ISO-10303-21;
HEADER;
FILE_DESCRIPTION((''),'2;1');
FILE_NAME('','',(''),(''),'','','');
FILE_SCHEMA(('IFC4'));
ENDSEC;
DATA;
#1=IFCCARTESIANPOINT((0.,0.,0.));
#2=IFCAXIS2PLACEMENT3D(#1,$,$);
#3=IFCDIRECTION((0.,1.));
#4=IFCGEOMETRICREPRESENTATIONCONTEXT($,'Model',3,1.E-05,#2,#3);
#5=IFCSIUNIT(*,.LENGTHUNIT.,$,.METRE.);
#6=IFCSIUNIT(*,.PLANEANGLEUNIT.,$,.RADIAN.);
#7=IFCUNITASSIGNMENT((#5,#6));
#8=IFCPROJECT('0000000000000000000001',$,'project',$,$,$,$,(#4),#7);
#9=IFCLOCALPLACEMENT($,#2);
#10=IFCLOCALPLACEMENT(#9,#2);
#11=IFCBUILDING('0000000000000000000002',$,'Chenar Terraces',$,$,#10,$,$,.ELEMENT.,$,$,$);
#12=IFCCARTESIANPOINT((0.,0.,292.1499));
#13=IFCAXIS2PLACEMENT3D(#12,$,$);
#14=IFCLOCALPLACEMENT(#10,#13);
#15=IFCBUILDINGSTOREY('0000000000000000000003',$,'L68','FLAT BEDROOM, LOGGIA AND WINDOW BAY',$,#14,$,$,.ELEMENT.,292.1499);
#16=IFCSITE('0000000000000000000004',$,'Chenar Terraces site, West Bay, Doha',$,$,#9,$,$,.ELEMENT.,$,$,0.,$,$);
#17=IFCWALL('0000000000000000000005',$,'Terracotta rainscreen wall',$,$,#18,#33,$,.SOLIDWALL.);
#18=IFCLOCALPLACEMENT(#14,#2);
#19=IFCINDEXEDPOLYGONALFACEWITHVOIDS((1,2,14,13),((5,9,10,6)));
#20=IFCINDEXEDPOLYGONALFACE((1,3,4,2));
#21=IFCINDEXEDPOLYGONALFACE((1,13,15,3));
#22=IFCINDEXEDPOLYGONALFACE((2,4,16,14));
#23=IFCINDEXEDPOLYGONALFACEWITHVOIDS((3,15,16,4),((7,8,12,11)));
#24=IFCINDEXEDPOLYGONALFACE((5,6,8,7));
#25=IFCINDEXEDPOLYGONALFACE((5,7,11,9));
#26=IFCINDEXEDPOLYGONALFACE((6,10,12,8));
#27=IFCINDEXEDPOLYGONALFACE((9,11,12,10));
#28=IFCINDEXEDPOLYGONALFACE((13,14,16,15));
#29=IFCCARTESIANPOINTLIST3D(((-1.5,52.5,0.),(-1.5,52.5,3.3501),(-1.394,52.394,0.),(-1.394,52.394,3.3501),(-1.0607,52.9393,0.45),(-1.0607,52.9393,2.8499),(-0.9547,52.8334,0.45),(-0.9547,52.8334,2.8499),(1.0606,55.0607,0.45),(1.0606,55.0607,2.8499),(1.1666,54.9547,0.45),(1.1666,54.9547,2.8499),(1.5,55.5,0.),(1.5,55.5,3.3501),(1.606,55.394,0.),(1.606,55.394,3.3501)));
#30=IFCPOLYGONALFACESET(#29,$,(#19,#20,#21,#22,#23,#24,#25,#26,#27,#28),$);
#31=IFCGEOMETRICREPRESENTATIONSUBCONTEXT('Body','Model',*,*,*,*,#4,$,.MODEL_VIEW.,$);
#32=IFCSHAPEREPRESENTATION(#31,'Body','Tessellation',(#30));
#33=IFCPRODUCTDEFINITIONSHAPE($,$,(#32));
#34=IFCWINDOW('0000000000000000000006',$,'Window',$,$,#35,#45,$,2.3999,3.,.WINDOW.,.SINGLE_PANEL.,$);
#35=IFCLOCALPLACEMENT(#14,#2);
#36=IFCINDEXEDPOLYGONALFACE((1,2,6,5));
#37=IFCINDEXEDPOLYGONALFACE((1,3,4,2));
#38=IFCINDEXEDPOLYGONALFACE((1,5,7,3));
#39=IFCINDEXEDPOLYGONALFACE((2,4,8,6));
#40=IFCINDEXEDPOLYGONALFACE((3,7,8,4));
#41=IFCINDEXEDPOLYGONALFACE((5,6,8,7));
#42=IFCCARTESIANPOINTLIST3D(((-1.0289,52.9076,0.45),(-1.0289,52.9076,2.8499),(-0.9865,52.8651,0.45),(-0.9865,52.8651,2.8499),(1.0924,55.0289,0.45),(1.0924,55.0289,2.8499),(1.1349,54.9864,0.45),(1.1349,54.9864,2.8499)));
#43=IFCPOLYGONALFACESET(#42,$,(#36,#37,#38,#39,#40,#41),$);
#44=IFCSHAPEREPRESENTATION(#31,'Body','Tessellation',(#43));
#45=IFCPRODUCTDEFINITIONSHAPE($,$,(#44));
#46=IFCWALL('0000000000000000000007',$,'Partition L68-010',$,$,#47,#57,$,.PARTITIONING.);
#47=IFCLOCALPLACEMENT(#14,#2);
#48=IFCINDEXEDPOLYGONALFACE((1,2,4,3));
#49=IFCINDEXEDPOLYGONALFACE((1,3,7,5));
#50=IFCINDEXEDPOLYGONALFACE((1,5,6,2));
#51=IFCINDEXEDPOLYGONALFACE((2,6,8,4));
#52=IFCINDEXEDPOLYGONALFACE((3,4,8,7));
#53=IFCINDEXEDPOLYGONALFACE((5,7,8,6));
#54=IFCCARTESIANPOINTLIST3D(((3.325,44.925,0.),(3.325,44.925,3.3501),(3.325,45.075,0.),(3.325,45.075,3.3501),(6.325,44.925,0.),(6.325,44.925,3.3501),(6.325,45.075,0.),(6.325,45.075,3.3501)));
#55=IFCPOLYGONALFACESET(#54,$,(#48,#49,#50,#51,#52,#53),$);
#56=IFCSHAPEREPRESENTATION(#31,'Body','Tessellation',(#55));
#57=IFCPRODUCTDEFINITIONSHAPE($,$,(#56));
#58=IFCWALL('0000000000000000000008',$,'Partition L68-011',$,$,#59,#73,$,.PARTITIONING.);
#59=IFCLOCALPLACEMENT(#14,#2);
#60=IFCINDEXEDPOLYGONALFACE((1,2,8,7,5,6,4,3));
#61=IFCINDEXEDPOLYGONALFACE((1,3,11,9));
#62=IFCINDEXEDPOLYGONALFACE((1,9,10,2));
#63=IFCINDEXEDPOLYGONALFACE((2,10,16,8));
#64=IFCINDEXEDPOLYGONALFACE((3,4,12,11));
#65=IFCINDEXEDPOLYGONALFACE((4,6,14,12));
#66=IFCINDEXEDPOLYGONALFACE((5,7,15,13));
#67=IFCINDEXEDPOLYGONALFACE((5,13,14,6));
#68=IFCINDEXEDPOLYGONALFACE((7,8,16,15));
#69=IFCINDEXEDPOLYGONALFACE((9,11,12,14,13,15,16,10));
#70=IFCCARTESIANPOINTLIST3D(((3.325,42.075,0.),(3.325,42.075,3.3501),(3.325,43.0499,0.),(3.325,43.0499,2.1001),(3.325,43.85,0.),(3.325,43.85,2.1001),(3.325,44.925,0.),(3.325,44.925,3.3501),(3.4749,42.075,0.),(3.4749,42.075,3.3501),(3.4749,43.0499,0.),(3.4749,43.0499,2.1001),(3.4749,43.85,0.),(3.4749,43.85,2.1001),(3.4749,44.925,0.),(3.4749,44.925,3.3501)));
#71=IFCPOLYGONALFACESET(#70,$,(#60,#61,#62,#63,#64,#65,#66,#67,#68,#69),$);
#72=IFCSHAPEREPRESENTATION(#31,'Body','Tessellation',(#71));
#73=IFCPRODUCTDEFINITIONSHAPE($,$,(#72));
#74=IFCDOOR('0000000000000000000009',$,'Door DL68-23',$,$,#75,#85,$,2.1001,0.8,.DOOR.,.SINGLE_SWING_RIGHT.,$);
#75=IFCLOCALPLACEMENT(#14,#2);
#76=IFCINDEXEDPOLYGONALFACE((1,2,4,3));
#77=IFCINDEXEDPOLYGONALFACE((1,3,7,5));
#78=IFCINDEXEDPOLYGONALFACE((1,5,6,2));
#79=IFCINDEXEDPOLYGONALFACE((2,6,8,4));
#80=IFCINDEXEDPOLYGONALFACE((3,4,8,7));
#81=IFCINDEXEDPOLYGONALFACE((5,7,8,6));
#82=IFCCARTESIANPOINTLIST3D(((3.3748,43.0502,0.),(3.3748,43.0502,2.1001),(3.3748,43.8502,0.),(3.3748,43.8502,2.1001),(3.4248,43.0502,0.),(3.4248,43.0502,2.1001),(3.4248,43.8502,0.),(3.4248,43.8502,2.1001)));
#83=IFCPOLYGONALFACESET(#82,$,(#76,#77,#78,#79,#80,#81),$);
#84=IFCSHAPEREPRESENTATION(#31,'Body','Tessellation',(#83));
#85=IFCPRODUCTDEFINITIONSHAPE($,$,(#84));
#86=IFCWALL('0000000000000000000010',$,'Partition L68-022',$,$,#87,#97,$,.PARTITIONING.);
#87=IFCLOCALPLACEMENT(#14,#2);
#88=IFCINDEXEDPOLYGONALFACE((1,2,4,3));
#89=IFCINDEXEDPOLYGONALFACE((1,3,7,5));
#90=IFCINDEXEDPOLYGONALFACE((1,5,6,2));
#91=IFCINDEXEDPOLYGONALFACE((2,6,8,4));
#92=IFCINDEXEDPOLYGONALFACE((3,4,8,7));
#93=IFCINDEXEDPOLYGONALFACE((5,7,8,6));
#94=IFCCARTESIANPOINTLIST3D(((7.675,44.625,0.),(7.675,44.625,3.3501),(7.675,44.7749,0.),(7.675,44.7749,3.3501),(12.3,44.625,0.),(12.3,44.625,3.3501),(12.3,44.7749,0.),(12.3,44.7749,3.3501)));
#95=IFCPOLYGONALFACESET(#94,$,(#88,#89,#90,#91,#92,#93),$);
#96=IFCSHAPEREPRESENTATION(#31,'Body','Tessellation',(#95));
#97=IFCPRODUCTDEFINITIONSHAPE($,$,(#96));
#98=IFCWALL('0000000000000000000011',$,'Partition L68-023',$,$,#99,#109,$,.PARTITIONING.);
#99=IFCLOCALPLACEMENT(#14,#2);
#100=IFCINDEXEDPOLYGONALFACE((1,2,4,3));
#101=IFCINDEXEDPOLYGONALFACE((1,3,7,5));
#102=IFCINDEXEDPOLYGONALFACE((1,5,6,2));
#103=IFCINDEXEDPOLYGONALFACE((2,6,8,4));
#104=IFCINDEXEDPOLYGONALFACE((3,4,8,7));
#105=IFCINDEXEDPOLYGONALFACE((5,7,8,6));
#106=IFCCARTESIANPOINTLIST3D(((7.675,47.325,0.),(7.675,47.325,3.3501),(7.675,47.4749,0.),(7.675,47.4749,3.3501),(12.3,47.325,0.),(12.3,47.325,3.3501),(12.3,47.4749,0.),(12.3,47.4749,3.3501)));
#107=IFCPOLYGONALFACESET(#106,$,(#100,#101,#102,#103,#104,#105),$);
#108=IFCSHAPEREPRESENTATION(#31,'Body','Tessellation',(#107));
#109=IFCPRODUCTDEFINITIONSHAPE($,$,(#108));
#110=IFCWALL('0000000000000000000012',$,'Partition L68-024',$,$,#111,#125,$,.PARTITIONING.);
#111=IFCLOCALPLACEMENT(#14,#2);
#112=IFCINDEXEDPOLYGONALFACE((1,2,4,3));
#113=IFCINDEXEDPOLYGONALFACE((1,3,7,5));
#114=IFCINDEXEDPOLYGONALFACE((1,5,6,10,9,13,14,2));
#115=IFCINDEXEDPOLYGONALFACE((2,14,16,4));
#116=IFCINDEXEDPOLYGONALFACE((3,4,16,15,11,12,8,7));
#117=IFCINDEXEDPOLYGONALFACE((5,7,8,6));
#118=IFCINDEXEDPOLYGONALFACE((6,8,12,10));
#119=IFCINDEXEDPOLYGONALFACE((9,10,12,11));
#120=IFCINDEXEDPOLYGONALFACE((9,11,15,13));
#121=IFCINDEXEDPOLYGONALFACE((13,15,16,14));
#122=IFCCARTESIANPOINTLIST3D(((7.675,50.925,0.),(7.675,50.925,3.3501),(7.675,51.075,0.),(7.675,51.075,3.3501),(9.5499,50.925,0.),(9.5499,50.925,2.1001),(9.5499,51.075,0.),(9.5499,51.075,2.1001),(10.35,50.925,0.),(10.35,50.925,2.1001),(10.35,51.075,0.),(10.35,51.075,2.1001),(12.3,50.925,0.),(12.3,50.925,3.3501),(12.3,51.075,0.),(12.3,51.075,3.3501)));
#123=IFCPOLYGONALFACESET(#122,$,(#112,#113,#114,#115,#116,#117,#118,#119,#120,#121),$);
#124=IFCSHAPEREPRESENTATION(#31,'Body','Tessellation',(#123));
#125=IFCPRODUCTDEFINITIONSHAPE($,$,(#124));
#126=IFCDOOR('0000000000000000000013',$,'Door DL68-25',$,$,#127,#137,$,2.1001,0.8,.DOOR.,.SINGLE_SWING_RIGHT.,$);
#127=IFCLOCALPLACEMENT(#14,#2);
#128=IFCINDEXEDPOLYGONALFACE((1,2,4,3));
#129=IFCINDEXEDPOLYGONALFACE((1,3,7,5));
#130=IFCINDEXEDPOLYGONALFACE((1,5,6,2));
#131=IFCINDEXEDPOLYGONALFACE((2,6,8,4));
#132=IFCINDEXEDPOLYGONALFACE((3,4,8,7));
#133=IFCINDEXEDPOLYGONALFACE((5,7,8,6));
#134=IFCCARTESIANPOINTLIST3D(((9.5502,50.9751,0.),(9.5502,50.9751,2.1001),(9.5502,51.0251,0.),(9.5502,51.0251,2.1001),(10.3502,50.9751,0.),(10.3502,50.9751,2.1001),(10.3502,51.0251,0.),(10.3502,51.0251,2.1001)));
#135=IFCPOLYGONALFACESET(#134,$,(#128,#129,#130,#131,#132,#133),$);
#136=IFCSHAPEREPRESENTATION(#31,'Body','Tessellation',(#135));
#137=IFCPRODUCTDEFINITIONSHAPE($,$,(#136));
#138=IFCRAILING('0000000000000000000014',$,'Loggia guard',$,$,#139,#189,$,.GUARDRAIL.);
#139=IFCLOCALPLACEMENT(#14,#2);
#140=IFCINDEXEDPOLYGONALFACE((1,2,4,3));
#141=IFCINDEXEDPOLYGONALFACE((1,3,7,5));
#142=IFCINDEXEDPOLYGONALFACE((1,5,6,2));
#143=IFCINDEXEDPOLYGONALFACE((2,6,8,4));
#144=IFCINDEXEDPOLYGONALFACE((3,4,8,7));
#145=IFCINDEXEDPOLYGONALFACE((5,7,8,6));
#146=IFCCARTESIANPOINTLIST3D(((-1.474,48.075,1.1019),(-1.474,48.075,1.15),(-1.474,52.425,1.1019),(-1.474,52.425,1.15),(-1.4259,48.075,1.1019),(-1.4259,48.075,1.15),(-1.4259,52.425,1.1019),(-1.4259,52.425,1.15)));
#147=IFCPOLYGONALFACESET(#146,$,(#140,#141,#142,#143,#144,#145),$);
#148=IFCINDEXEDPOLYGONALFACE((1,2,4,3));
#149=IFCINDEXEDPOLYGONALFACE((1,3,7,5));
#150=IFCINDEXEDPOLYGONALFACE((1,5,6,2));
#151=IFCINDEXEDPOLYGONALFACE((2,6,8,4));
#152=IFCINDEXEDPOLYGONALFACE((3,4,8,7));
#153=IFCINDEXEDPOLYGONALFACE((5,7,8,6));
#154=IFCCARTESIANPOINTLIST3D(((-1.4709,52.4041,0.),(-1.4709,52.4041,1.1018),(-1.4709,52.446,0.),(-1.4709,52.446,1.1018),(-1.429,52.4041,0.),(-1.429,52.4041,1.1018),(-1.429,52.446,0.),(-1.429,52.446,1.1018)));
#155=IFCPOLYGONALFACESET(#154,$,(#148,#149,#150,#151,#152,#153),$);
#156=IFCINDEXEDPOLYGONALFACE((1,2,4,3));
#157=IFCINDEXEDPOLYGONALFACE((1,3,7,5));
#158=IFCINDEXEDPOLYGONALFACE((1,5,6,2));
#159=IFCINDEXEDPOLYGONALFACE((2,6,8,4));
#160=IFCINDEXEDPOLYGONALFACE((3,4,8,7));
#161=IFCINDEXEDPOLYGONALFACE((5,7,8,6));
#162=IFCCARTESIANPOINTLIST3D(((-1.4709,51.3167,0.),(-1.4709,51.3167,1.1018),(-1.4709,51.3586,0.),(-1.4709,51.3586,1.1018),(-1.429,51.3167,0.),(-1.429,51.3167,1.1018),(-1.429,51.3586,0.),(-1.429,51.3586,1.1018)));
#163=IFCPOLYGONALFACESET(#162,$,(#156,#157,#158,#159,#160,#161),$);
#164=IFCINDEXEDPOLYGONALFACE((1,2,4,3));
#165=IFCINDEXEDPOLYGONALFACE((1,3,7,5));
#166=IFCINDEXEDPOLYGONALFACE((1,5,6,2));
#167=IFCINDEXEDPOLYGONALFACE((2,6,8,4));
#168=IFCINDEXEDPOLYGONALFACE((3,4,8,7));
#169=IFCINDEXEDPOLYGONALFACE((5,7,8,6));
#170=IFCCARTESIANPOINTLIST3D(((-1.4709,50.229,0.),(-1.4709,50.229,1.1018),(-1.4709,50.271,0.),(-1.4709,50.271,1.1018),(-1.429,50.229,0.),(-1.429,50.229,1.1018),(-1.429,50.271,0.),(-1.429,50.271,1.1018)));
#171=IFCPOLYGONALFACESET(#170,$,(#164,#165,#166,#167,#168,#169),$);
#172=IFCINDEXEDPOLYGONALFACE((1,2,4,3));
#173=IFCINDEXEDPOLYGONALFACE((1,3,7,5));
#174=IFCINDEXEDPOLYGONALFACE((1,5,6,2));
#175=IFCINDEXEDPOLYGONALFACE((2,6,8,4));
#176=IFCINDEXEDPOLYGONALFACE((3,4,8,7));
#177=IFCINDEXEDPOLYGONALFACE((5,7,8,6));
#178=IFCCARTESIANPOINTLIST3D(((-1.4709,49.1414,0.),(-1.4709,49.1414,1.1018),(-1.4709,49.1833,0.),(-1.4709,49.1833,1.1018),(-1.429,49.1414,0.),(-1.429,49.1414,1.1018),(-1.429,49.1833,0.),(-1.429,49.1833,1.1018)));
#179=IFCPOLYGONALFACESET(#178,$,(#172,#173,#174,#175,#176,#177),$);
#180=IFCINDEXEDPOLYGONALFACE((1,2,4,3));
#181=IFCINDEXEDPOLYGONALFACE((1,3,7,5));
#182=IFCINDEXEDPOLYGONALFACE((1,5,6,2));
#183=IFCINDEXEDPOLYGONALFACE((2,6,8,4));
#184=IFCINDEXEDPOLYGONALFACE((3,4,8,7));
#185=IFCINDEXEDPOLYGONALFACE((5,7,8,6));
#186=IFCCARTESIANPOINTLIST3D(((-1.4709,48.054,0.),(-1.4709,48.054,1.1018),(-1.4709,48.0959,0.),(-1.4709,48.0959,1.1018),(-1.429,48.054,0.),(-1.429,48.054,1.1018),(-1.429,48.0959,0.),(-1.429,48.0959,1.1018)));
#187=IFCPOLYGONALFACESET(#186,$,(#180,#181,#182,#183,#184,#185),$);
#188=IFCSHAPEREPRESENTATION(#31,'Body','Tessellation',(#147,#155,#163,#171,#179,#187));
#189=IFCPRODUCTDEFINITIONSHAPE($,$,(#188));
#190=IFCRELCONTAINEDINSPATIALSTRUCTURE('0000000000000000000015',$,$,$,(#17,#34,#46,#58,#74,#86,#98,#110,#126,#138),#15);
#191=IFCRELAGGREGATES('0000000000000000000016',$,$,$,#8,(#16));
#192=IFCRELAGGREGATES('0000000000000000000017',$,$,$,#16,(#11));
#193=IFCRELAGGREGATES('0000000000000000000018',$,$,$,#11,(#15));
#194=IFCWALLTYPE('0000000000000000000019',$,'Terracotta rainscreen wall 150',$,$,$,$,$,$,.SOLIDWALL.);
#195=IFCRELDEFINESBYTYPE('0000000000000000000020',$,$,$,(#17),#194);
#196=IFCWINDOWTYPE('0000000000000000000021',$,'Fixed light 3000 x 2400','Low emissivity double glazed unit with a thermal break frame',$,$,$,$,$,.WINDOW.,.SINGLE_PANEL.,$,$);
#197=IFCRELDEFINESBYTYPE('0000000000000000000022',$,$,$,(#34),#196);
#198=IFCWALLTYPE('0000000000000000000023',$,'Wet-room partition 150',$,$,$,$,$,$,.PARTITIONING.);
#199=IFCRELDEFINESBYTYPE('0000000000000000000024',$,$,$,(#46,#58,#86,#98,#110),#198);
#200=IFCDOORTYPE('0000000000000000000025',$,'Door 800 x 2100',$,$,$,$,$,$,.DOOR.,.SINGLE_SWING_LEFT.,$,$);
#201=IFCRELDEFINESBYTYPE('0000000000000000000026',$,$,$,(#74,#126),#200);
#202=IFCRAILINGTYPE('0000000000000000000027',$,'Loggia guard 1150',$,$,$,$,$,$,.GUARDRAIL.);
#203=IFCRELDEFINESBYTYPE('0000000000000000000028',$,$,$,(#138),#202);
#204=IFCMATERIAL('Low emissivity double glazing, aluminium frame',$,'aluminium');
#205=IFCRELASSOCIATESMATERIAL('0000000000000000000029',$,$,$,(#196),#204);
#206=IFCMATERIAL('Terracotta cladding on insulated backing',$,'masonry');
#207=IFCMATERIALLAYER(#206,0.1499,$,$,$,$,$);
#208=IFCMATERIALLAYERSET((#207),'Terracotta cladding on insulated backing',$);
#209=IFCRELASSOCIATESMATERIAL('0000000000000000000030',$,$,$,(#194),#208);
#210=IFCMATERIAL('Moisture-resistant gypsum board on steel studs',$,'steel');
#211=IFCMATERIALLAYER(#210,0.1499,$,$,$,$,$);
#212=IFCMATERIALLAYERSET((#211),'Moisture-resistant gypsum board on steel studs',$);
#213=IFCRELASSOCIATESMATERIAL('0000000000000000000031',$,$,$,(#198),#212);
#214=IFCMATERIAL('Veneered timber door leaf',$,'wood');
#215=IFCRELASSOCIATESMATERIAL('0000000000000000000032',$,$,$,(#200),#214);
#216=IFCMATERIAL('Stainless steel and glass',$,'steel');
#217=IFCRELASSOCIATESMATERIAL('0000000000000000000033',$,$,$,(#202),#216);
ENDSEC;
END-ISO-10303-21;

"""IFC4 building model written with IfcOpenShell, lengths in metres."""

from ifc_helpers import new_model, si_unit, direction, frame, frame_2d, origin, origin_2d, place, context, subcontext, project, spatial, rectangle, extrude, material, layer, layer_set, type_object, element, fill, save


model = new_model("IFC4")

# Units and contexts
model_context = context("Model", 3, precision=1e-05, world=origin(), true_north=direction((0.0, 1.0)))
body_context = subcontext(model_context, "Body", "Model", "MODEL_VIEW")
ifc_project = project(units=[si_unit("LENGTHUNIT", "METRE"), si_unit("PLANEANGLEUNIT", "RADIAN")], contexts=[model_context])

# Site, building, storey
site_placement = place(None, origin())
site = spatial("IfcSite", under=ifc_project, at=site_placement, Name="Chenar Terraces site, West Bay, Doha", CompositionType="ELEMENT", RefElevation=0.0)
building_placement = place(site_placement, origin())
building = spatial("IfcBuilding", under=site, at=building_placement, Name="Chenar Terraces", CompositionType="ELEMENT")
storey_placement = place(building_placement, frame((0.0, 0.0, 292.1499)))
storey = spatial("IfcBuildingStorey", under=building, at=storey_placement, Name="L68", Description="FLAT BEDROOM, LOGGIA AND WINDOW BAY", CompositionType="ELEMENT", Elevation=292.1499)

# Shared definitions
ifc_material_1 = material(Name="Low emissivity double glazing, aluminium frame", Category="aluminium")
window_type_1 = type_object("IfcWindowType", Name="Fixed light 3000 x 2400", Description="Low emissivity double glazed unit with a thermal break frame", PartitioningType="SINGLE_PANEL", PredefinedType="WINDOW", material=ifc_material_1)

# Wall, opening, window
ifc_material_2 = material(Name="Terracotta cladding on insulated backing", Category="masonry")
ifc_layer_1 = layer(ifc_material_2, 0.1499)
ifc_layer_set_1 = layer_set([ifc_layer_1], Name="Terracotta cladding on insulated backing")
wall_type_1 = type_object("IfcWallType", Name="Terracotta rainscreen wall 150", PredefinedType="SOLIDWALL", material=ifc_layer_set_1)
wall_1_placement = place(storey_placement, frame((1.553, 55.447, 0.0), z_axis=(0.0, 0.0, 1.0), x_axis=(-0.707107, -0.707107, 0.0)))
wall_1 = element("IfcWall", 1, at=wall_1_placement, inside=storey, type_object=wall_type_1, Name="Terracotta rainscreen wall", PredefinedType="SOLIDWALL", context=body_context, shape_type="SweptSolid", body=[
    extrude(rectangle(XDim=4.2427, YDim=0.1499, at=frame_2d((2.1213, 0.0))), origin(), (0.0, 0.0, 1.0), 3.3501),
])
opening_1_placement = place(wall_1_placement, frame((0.6213, 0.0, 0.45)))
opening_1 = element("IfcOpeningElement", 2, at=opening_1_placement, cuts=wall_1, PredefinedType="OPENING", context=body_context, shape_type="SweptSolid", body=[
    extrude(rectangle(XDim=3.0, YDim=2.3999, at=frame_2d((1.5, 1.2))), frame((0.0, 0.085, 0.0), z_axis=(0.0, -1.0, 0.0), x_axis=(1.0, 0.0, 0.0)), (0.0, 0.0, 1.0), 0.1699),
])
window_1_placement = place(opening_1_placement, origin())
window_1 = element("IfcWindow", 3, at=window_1_placement, inside=storey, type_object=window_type_1, Name="Window", OverallHeight=2.3999, OverallWidth=3.0, PartitioningType="SINGLE_PANEL", PredefinedType="WINDOW", context=body_context, shape_type="SweptSolid", body=[
    extrude(rectangle(XDim=3.0, YDim=2.3999, at=frame_2d((1.5, 1.2))), frame((0.0, 0.03, 0.0), z_axis=(0.0, -1.0, 0.0), x_axis=(1.0, 0.0, 0.0)), (0.0, 0.0, 1.0), 0.0601),
])
fill(opening_1, window_1)

# Wall
ifc_material_3 = material(Name="Moisture-resistant gypsum board on steel studs", Category="steel")
ifc_layer_2 = layer(ifc_material_3, 0.1499)
ifc_layer_set_2 = layer_set([ifc_layer_2], Name="Moisture-resistant gypsum board on steel studs")
wall_type_2 = type_object("IfcWallType", Name="Wet-room partition 150", PredefinedType="PARTITIONING", material=ifc_layer_set_2)
wall_2_placement = place(storey_placement, frame((3.325, 45.0, 0.0), z_axis=(0.0, 0.0, 1.0), x_axis=(1.0, 0.0, 0.0)))
element("IfcWall", 4, at=wall_2_placement, inside=storey, type_object=wall_type_2, Name="Partition L68-010", PredefinedType="PARTITIONING", context=body_context, shape_type="SweptSolid", body=[
    extrude(rectangle(XDim=3.0, YDim=0.1499, at=frame_2d((1.5, 0.0))), origin(), (0.0, 0.0, 1.0), 3.3501),
])

# Wall, opening, door
wall_3_placement = place(storey_placement, frame((3.3999, 42.075, 0.0), z_axis=(0.0, 0.0, 1.0), x_axis=(0.0, 1.0, 0.0)))
wall_3 = element("IfcWall", 5, at=wall_3_placement, inside=storey, type_object=wall_type_2, Name="Partition L68-011", PredefinedType="PARTITIONING", context=body_context, shape_type="SweptSolid", body=[
    extrude(rectangle(XDim=2.8501, YDim=0.1499, at=frame_2d((1.425, 0.0))), origin(), (0.0, 0.0, 1.0), 3.3501),
])
opening_2_placement = place(wall_3_placement, frame((0.9751, 0.0, 0.0)))
opening_2 = element("IfcOpeningElement", 6, at=opening_2_placement, cuts=wall_3, PredefinedType="OPENING", context=body_context, shape_type="SweptSolid", body=[
    extrude(rectangle(XDim=0.8, YDim=2.1001, at=frame_2d((0.3999, 1.05))), frame((0.0, 0.085, 0.0), z_axis=(0.0, -1.0, 0.0), x_axis=(1.0, 0.0, 0.0)), (0.0, 0.0, 1.0), 0.1699),
])
ifc_material_4 = material(Name="Veneered timber door leaf", Category="wood")
door_type_1 = type_object("IfcDoorType", Name="Door 800 x 2100", OperationType="SINGLE_SWING_LEFT", PredefinedType="DOOR", material=ifc_material_4)
door_1_placement = place(opening_2_placement, frame((0.8, 0.0, 0.0), z_axis=(0.0, 0.0, 1.0), x_axis=(-1.0, 0.0, 0.0)))
door_1 = element("IfcDoor", 7, at=door_1_placement, inside=storey, type_object=door_type_1, Name="Door DL68-23", OperationType="SINGLE_SWING_RIGHT", OverallHeight=2.1001, OverallWidth=0.8, PredefinedType="DOOR", context=body_context, shape_type="SweptSolid", body=[
    extrude(rectangle(XDim=0.8, YDim=2.1001, at=frame_2d((0.3999, 1.05))), frame((0.0, 0.0249, 0.0), z_axis=(0.0, -1.0, 0.0), x_axis=(1.0, 0.0, 0.0)), (0.0, 0.0, 1.0), 0.05),
])
fill(opening_2, door_1)

# Walls
for number, where, z_axis, x_axis, name in (
    (8, (7.675, 44.7, 0.0), (0.0, 0.0, 1.0), (1.0, 0.0, 0.0), "Partition L68-022"),
    (9, (7.675, 47.3999, 0.0), (0.0, 0.0, 1.0), (1.0, 0.0, 0.0), "Partition L68-023"),
):
    element("IfcWall", number, at=place(storey_placement, frame(where, z_axis=z_axis, x_axis=x_axis)), inside=storey, type_object=wall_type_2, Name=name, PredefinedType="PARTITIONING", context=body_context, shape_type="SweptSolid", body=[
        extrude(rectangle(XDim=4.625, YDim=0.1499, at=frame_2d((2.3125, 0.0))), origin(), (0.0, 0.0, 1.0), 3.3501),
    ])

# Wall, opening, door
wall_4_placement = place(storey_placement, frame((7.675, 51.0, 0.0), z_axis=(0.0, 0.0, 1.0), x_axis=(1.0, 0.0, 0.0)))
wall_4 = element("IfcWall", 10, at=wall_4_placement, inside=storey, type_object=wall_type_2, Name="Partition L68-024", PredefinedType="PARTITIONING", context=body_context, shape_type="SweptSolid", body=[
    extrude(rectangle(XDim=4.625, YDim=0.1499, at=frame_2d((2.3125, 0.0))), origin(), (0.0, 0.0, 1.0), 3.3501),
])
opening_3_placement = place(wall_4_placement, frame((1.875, 0.0, 0.0)))
opening_3 = element("IfcOpeningElement", 11, at=opening_3_placement, cuts=wall_4, PredefinedType="OPENING", context=body_context, shape_type="SweptSolid", body=[
    extrude(rectangle(XDim=0.8, YDim=2.1001, at=frame_2d((0.3999, 1.05))), frame((0.0, 0.085, 0.0), z_axis=(0.0, -1.0, 0.0), x_axis=(1.0, 0.0, 0.0)), (0.0, 0.0, 1.0), 0.1699),
])
door_2_placement = place(opening_3_placement, frame((0.8, 0.0, 0.0), z_axis=(0.0, 0.0, 1.0), x_axis=(-1.0, 0.0, 0.0)))
door_2 = element("IfcDoor", 12, at=door_2_placement, inside=storey, type_object=door_type_1, Name="Door DL68-25", OperationType="SINGLE_SWING_RIGHT", OverallHeight=2.1001, OverallWidth=0.8, PredefinedType="DOOR", context=body_context, shape_type="SweptSolid", body=[
    extrude(rectangle(XDim=0.8, YDim=2.1001, at=frame_2d((0.3999, 1.05))), frame((0.0, 0.0249, 0.0), z_axis=(0.0, -1.0, 0.0), x_axis=(1.0, 0.0, 0.0)), (0.0, 0.0, 1.0), 0.05),
])
fill(opening_3, door_2)

# Railing
ifc_material_5 = material(Name="Stainless steel and glass", Category="steel")
railing_type = type_object("IfcRailingType", Name="Loggia guard 1150", PredefinedType="GUARDRAIL", material=ifc_material_5)
railing_placement = place(storey_placement, frame((-1.45, 52.425, 0.0)))
element("IfcRailing", 13, at=railing_placement, inside=storey, type_object=railing_type, Name="Loggia guard", PredefinedType="GUARDRAIL", context=body_context, shape_type="SweptSolid", body=[
    extrude(rectangle(XDim=0.0481, YDim=0.0481, at=origin_2d()), frame((0.0, 0.0, 1.126), z_axis=(0.0, -1.0, 0.0), x_axis=(1.0, 0.0, 0.0)), (0.0, 0.0, 1.0), 4.3501),
    extrude(rectangle(XDim=0.042, YDim=0.042, at=origin_2d()), origin(), (0.0, 0.0, 1.0), 1.1018),
    extrude(rectangle(XDim=0.042, YDim=0.042, at=origin_2d()), frame((0.0, -1.0874, 0.0)), (0.0, 0.0, 1.0), 1.1018),
    extrude(rectangle(XDim=0.042, YDim=0.042, at=origin_2d()), frame((0.0, -2.175, 0.0)), (0.0, 0.0, 1.0), 1.1018),
    extrude(rectangle(XDim=0.042, YDim=0.042, at=origin_2d()), frame((0.0, -3.2627, 0.0)), (0.0, 0.0, 1.0), 1.1018),
    extrude(rectangle(XDim=0.042, YDim=0.042, at=origin_2d()), frame((0.0, -4.3501, 0.0)), (0.0, 0.0, 1.0), 1.1018),
])

save(model, "model.ifc")
